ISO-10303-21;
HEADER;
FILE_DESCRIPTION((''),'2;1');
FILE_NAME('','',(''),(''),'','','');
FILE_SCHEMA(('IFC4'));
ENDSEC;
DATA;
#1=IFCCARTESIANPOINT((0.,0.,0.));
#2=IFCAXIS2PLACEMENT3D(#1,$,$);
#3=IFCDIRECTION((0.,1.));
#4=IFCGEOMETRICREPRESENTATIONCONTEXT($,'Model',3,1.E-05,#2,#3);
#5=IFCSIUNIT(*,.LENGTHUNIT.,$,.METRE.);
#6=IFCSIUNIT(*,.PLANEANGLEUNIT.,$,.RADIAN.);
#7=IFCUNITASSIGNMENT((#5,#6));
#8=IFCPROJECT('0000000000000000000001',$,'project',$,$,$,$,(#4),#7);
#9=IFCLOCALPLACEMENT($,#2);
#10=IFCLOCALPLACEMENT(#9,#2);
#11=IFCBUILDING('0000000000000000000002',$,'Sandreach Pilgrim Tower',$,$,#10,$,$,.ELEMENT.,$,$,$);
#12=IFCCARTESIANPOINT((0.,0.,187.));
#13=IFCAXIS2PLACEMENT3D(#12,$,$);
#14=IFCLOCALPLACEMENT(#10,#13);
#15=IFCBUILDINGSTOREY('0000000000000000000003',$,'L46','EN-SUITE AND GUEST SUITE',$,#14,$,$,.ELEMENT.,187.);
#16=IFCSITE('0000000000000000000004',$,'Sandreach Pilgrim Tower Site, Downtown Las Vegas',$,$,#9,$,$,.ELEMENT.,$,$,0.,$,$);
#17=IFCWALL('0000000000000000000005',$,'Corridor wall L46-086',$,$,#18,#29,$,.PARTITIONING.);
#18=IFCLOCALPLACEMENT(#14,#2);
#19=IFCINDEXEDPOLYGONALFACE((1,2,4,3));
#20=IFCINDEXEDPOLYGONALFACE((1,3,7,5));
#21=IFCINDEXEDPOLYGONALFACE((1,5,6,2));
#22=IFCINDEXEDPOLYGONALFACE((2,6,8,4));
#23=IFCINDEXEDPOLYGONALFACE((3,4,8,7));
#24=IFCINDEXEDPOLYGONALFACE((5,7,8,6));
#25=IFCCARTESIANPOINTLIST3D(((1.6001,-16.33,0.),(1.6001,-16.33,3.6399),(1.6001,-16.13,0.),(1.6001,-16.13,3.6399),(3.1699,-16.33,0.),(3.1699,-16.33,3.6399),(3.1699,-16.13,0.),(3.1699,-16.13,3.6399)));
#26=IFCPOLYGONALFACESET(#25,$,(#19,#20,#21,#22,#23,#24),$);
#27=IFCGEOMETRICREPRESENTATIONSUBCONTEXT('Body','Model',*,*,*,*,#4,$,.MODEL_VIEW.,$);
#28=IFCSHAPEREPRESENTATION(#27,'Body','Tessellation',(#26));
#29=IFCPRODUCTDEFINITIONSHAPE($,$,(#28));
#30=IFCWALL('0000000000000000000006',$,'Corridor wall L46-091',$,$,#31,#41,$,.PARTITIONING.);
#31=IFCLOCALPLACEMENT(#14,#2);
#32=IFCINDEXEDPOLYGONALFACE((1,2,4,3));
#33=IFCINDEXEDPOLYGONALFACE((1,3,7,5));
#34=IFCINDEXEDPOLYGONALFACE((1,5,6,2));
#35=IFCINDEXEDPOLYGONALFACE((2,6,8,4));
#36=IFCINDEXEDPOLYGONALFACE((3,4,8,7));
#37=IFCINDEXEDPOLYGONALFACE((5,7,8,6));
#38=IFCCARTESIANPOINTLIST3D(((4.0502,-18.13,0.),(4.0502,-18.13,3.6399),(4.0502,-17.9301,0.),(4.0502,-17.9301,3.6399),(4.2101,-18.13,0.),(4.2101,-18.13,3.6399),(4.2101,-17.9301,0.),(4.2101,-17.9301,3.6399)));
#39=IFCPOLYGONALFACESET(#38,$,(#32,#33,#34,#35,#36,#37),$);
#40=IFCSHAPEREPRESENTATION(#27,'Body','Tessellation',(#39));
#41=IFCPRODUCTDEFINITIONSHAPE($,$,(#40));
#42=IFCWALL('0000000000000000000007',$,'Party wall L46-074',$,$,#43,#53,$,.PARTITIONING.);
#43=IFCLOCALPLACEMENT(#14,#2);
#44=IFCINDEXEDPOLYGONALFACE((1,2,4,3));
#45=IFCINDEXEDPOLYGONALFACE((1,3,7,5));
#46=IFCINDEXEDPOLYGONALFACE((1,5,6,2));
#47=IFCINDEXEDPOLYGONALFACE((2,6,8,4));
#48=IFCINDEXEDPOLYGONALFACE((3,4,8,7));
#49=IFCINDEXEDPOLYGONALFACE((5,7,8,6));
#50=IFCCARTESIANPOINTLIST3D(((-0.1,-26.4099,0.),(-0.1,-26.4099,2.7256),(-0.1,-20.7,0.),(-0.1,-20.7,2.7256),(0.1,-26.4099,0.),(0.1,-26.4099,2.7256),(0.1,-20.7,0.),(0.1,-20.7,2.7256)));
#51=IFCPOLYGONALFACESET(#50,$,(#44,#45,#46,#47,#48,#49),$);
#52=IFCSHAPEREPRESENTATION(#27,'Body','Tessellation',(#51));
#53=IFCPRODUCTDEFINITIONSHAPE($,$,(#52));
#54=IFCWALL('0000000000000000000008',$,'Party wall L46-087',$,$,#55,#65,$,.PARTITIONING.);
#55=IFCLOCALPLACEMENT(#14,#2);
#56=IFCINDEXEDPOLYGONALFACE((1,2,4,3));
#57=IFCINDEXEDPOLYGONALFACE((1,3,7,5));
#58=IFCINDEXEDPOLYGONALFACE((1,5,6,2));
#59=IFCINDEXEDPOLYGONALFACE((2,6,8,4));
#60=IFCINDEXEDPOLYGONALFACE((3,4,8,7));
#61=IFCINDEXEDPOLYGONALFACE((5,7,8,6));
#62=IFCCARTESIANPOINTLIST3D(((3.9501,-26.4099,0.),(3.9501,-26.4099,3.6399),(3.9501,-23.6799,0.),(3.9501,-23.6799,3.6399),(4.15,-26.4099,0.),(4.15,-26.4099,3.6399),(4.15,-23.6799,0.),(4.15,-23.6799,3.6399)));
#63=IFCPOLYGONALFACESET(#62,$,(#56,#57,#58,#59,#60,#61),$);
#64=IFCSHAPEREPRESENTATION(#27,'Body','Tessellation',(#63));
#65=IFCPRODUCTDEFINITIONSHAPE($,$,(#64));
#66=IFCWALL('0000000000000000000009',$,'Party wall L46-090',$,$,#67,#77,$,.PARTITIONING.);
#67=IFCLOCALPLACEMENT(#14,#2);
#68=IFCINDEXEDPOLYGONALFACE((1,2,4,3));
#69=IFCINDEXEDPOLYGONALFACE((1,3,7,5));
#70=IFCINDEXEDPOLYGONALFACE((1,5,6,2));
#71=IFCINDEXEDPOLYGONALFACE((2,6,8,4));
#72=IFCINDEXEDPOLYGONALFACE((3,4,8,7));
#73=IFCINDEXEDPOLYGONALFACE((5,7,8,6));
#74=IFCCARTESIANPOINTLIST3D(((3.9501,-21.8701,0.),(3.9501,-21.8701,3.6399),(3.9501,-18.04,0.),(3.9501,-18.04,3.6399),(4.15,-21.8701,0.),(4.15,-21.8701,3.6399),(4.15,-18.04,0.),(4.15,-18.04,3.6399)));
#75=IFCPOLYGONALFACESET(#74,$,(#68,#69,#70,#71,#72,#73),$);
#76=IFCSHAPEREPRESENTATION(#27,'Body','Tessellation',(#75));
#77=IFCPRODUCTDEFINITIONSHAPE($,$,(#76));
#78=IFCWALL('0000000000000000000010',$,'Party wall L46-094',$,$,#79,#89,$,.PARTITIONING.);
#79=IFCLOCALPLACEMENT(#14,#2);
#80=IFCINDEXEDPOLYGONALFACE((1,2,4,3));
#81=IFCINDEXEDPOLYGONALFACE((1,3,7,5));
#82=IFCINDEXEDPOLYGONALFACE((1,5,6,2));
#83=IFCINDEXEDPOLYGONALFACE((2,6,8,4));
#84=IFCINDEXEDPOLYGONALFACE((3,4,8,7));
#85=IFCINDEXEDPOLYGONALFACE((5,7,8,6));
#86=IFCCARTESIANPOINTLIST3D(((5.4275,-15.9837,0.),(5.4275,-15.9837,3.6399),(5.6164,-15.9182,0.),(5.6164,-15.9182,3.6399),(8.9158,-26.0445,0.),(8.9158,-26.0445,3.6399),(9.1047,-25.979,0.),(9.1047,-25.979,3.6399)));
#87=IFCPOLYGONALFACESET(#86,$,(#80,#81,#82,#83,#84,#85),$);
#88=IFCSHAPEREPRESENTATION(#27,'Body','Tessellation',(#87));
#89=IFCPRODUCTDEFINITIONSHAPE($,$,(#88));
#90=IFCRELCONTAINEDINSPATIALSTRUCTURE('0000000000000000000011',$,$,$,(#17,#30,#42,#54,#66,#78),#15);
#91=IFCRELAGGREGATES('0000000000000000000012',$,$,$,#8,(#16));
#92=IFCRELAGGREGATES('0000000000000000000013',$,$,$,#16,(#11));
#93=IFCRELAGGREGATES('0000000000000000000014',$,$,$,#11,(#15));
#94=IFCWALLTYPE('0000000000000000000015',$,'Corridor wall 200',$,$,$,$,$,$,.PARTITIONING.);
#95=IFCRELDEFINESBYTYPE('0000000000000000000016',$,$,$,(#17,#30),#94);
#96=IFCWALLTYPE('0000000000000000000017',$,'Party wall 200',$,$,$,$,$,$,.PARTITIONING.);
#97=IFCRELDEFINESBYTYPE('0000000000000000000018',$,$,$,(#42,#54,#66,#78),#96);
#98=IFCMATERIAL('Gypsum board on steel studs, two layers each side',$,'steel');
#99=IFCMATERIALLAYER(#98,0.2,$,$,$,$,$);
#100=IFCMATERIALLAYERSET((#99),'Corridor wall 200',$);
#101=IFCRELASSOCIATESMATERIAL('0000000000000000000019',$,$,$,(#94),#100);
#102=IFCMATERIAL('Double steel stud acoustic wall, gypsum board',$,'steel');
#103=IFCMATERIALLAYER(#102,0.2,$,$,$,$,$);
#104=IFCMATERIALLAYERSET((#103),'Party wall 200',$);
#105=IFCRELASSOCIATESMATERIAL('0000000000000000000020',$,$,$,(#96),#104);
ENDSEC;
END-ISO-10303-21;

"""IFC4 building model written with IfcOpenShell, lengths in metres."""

from ifc_helpers import new_model, si_unit, direction, frame, frame_2d, origin, place, context, subcontext, project, spatial, rectangle, extrude, material, layer, layer_set, type_object, element, save


model = new_model("IFC4")

# Units and contexts
model_context = context("Model", 3, precision=1e-05, world=origin(), true_north=direction((0.0, 1.0)))
body_context = subcontext(model_context, "Body", "Model", "MODEL_VIEW")
ifc_project = project(units=[si_unit("LENGTHUNIT", "METRE"), si_unit("PLANEANGLEUNIT", "RADIAN")], contexts=[model_context])

# Site, building, storey
site_placement = place(None, origin())
site = spatial("IfcSite", under=ifc_project, at=site_placement, Name="Sandreach Pilgrim Tower Site, Downtown Las Vegas", CompositionType="ELEMENT", RefElevation=0.0)
building_placement = place(site_placement, origin())
building = spatial("IfcBuilding", under=site, at=building_placement, Name="Sandreach Pilgrim Tower", CompositionType="ELEMENT")
storey_placement = place(building_placement, frame((0.0, 0.0, 187.0)))
storey = spatial("IfcBuildingStorey", under=building, at=storey_placement, Name="L46", Description="EN-SUITE AND GUEST SUITE", CompositionType="ELEMENT", Elevation=187.0)

# Shared definitions
ifc_material_1 = material(Name="Gypsum board on steel studs, two layers each side", Category="steel")
ifc_layer_1 = layer(ifc_material_1, 0.2)
ifc_layer_set_1 = layer_set([ifc_layer_1], Name="Corridor wall 200")
wall_type_1 = type_object("IfcWallType", Name="Corridor wall 200", PredefinedType="PARTITIONING", material=ifc_layer_set_1)

# Walls
wall_1_placement = place(storey_placement, frame((3.1699, -16.23, 0.0), z_axis=(0.0, 0.0, 1.0), x_axis=(-1.0, 0.0, 0.0)))
element("IfcWall", 1, at=wall_1_placement, inside=storey, type_object=wall_type_1, Name="Corridor wall L46-086", PredefinedType="PARTITIONING", context=body_context, shape_type="SweptSolid", body=[
    extrude(rectangle(XDim=1.5698, YDim=0.2, at=frame_2d((0.7849, 0.0))), origin(), (0.0, 0.0, 1.0), 3.6399),
])
wall_2_placement = place(storey_placement, frame((4.05, -18.03, 0.0), z_axis=(0.0, 0.0, 1.0), x_axis=(1.0, 0.0, 0.0)))
element("IfcWall", 2, at=wall_2_placement, inside=storey, type_object=wall_type_1, Name="Corridor wall L46-091", PredefinedType="PARTITIONING", context=body_context, shape_type="SweptSolid", body=[
    extrude(rectangle(XDim=0.1599, YDim=0.2, at=frame_2d((0.0801, 0.0))), origin(), (0.0, 0.0, 1.0), 3.6399),
])

# Walls
ifc_material_2 = material(Name="Double steel stud acoustic wall, gypsum board", Category="steel")
ifc_layer_2 = layer(ifc_material_2, 0.2)
ifc_layer_set_2 = layer_set([ifc_layer_2], Name="Party wall 200")
wall_type_2 = type_object("IfcWallType", Name="Party wall 200", PredefinedType="PARTITIONING", material=ifc_layer_set_2)
wall_3_placement = place(storey_placement, frame((0.0, -26.4099, 0.0), z_axis=(0.0, 0.0, 1.0), x_axis=(0.0, 1.0, 0.0)))
element("IfcWall", 3, at=wall_3_placement, inside=storey, type_object=wall_type_2, Name="Party wall L46-074", PredefinedType="PARTITIONING", context=body_context, shape_type="SweptSolid", body=[
    extrude(rectangle(XDim=5.71, YDim=0.2, at=frame_2d((2.855, 0.0))), origin(), (0.0, 0.0, 1.0), 2.7256),
])
wall_4_placement = place(storey_placement, frame((4.05, -26.4099, 0.0), z_axis=(0.0, 0.0, 1.0), x_axis=(0.0, 1.0, 0.0)))
element("IfcWall", 4, at=wall_4_placement, inside=storey, type_object=wall_type_2, Name="Party wall L46-087", PredefinedType="PARTITIONING", context=body_context, shape_type="SweptSolid", body=[
    extrude(rectangle(XDim=2.73, YDim=0.2, at=frame_2d((1.365, 0.0))), origin(), (0.0, 0.0, 1.0), 3.6399),
])
wall_5_placement = place(storey_placement, frame((4.05, -21.8701, 0.0), z_axis=(0.0, 0.0, 1.0), x_axis=(0.0, 1.0, 0.0)))
element("IfcWall", 5, at=wall_5_placement, inside=storey, type_object=wall_type_2, Name="Party wall L46-090", PredefinedType="PARTITIONING", context=body_context, shape_type="SweptSolid", body=[
    extrude(rectangle(XDim=3.8301, YDim=0.2, at=frame_2d((1.915, 0.0))), origin(), (0.0, 0.0, 1.0), 3.6399),
])
wall_6_placement = place(storey_placement, frame((5.522, -15.9509, 0.0), z_axis=(0.0, 0.0, 1.0), x_axis=(0.327589, -0.94482, 0.0)))
element("IfcWall", 6, at=wall_6_placement, inside=storey, type_object=wall_type_2, Name="Party wall L46-094", PredefinedType="PARTITIONING", context=body_context, shape_type="SweptSolid", body=[
    extrude(rectangle(XDim=10.6484, YDim=0.2, at=frame_2d((5.3242, 0.0))), origin(), (0.0, 0.0, 1.0), 3.6399),
])

save(model, "model.ifc")
